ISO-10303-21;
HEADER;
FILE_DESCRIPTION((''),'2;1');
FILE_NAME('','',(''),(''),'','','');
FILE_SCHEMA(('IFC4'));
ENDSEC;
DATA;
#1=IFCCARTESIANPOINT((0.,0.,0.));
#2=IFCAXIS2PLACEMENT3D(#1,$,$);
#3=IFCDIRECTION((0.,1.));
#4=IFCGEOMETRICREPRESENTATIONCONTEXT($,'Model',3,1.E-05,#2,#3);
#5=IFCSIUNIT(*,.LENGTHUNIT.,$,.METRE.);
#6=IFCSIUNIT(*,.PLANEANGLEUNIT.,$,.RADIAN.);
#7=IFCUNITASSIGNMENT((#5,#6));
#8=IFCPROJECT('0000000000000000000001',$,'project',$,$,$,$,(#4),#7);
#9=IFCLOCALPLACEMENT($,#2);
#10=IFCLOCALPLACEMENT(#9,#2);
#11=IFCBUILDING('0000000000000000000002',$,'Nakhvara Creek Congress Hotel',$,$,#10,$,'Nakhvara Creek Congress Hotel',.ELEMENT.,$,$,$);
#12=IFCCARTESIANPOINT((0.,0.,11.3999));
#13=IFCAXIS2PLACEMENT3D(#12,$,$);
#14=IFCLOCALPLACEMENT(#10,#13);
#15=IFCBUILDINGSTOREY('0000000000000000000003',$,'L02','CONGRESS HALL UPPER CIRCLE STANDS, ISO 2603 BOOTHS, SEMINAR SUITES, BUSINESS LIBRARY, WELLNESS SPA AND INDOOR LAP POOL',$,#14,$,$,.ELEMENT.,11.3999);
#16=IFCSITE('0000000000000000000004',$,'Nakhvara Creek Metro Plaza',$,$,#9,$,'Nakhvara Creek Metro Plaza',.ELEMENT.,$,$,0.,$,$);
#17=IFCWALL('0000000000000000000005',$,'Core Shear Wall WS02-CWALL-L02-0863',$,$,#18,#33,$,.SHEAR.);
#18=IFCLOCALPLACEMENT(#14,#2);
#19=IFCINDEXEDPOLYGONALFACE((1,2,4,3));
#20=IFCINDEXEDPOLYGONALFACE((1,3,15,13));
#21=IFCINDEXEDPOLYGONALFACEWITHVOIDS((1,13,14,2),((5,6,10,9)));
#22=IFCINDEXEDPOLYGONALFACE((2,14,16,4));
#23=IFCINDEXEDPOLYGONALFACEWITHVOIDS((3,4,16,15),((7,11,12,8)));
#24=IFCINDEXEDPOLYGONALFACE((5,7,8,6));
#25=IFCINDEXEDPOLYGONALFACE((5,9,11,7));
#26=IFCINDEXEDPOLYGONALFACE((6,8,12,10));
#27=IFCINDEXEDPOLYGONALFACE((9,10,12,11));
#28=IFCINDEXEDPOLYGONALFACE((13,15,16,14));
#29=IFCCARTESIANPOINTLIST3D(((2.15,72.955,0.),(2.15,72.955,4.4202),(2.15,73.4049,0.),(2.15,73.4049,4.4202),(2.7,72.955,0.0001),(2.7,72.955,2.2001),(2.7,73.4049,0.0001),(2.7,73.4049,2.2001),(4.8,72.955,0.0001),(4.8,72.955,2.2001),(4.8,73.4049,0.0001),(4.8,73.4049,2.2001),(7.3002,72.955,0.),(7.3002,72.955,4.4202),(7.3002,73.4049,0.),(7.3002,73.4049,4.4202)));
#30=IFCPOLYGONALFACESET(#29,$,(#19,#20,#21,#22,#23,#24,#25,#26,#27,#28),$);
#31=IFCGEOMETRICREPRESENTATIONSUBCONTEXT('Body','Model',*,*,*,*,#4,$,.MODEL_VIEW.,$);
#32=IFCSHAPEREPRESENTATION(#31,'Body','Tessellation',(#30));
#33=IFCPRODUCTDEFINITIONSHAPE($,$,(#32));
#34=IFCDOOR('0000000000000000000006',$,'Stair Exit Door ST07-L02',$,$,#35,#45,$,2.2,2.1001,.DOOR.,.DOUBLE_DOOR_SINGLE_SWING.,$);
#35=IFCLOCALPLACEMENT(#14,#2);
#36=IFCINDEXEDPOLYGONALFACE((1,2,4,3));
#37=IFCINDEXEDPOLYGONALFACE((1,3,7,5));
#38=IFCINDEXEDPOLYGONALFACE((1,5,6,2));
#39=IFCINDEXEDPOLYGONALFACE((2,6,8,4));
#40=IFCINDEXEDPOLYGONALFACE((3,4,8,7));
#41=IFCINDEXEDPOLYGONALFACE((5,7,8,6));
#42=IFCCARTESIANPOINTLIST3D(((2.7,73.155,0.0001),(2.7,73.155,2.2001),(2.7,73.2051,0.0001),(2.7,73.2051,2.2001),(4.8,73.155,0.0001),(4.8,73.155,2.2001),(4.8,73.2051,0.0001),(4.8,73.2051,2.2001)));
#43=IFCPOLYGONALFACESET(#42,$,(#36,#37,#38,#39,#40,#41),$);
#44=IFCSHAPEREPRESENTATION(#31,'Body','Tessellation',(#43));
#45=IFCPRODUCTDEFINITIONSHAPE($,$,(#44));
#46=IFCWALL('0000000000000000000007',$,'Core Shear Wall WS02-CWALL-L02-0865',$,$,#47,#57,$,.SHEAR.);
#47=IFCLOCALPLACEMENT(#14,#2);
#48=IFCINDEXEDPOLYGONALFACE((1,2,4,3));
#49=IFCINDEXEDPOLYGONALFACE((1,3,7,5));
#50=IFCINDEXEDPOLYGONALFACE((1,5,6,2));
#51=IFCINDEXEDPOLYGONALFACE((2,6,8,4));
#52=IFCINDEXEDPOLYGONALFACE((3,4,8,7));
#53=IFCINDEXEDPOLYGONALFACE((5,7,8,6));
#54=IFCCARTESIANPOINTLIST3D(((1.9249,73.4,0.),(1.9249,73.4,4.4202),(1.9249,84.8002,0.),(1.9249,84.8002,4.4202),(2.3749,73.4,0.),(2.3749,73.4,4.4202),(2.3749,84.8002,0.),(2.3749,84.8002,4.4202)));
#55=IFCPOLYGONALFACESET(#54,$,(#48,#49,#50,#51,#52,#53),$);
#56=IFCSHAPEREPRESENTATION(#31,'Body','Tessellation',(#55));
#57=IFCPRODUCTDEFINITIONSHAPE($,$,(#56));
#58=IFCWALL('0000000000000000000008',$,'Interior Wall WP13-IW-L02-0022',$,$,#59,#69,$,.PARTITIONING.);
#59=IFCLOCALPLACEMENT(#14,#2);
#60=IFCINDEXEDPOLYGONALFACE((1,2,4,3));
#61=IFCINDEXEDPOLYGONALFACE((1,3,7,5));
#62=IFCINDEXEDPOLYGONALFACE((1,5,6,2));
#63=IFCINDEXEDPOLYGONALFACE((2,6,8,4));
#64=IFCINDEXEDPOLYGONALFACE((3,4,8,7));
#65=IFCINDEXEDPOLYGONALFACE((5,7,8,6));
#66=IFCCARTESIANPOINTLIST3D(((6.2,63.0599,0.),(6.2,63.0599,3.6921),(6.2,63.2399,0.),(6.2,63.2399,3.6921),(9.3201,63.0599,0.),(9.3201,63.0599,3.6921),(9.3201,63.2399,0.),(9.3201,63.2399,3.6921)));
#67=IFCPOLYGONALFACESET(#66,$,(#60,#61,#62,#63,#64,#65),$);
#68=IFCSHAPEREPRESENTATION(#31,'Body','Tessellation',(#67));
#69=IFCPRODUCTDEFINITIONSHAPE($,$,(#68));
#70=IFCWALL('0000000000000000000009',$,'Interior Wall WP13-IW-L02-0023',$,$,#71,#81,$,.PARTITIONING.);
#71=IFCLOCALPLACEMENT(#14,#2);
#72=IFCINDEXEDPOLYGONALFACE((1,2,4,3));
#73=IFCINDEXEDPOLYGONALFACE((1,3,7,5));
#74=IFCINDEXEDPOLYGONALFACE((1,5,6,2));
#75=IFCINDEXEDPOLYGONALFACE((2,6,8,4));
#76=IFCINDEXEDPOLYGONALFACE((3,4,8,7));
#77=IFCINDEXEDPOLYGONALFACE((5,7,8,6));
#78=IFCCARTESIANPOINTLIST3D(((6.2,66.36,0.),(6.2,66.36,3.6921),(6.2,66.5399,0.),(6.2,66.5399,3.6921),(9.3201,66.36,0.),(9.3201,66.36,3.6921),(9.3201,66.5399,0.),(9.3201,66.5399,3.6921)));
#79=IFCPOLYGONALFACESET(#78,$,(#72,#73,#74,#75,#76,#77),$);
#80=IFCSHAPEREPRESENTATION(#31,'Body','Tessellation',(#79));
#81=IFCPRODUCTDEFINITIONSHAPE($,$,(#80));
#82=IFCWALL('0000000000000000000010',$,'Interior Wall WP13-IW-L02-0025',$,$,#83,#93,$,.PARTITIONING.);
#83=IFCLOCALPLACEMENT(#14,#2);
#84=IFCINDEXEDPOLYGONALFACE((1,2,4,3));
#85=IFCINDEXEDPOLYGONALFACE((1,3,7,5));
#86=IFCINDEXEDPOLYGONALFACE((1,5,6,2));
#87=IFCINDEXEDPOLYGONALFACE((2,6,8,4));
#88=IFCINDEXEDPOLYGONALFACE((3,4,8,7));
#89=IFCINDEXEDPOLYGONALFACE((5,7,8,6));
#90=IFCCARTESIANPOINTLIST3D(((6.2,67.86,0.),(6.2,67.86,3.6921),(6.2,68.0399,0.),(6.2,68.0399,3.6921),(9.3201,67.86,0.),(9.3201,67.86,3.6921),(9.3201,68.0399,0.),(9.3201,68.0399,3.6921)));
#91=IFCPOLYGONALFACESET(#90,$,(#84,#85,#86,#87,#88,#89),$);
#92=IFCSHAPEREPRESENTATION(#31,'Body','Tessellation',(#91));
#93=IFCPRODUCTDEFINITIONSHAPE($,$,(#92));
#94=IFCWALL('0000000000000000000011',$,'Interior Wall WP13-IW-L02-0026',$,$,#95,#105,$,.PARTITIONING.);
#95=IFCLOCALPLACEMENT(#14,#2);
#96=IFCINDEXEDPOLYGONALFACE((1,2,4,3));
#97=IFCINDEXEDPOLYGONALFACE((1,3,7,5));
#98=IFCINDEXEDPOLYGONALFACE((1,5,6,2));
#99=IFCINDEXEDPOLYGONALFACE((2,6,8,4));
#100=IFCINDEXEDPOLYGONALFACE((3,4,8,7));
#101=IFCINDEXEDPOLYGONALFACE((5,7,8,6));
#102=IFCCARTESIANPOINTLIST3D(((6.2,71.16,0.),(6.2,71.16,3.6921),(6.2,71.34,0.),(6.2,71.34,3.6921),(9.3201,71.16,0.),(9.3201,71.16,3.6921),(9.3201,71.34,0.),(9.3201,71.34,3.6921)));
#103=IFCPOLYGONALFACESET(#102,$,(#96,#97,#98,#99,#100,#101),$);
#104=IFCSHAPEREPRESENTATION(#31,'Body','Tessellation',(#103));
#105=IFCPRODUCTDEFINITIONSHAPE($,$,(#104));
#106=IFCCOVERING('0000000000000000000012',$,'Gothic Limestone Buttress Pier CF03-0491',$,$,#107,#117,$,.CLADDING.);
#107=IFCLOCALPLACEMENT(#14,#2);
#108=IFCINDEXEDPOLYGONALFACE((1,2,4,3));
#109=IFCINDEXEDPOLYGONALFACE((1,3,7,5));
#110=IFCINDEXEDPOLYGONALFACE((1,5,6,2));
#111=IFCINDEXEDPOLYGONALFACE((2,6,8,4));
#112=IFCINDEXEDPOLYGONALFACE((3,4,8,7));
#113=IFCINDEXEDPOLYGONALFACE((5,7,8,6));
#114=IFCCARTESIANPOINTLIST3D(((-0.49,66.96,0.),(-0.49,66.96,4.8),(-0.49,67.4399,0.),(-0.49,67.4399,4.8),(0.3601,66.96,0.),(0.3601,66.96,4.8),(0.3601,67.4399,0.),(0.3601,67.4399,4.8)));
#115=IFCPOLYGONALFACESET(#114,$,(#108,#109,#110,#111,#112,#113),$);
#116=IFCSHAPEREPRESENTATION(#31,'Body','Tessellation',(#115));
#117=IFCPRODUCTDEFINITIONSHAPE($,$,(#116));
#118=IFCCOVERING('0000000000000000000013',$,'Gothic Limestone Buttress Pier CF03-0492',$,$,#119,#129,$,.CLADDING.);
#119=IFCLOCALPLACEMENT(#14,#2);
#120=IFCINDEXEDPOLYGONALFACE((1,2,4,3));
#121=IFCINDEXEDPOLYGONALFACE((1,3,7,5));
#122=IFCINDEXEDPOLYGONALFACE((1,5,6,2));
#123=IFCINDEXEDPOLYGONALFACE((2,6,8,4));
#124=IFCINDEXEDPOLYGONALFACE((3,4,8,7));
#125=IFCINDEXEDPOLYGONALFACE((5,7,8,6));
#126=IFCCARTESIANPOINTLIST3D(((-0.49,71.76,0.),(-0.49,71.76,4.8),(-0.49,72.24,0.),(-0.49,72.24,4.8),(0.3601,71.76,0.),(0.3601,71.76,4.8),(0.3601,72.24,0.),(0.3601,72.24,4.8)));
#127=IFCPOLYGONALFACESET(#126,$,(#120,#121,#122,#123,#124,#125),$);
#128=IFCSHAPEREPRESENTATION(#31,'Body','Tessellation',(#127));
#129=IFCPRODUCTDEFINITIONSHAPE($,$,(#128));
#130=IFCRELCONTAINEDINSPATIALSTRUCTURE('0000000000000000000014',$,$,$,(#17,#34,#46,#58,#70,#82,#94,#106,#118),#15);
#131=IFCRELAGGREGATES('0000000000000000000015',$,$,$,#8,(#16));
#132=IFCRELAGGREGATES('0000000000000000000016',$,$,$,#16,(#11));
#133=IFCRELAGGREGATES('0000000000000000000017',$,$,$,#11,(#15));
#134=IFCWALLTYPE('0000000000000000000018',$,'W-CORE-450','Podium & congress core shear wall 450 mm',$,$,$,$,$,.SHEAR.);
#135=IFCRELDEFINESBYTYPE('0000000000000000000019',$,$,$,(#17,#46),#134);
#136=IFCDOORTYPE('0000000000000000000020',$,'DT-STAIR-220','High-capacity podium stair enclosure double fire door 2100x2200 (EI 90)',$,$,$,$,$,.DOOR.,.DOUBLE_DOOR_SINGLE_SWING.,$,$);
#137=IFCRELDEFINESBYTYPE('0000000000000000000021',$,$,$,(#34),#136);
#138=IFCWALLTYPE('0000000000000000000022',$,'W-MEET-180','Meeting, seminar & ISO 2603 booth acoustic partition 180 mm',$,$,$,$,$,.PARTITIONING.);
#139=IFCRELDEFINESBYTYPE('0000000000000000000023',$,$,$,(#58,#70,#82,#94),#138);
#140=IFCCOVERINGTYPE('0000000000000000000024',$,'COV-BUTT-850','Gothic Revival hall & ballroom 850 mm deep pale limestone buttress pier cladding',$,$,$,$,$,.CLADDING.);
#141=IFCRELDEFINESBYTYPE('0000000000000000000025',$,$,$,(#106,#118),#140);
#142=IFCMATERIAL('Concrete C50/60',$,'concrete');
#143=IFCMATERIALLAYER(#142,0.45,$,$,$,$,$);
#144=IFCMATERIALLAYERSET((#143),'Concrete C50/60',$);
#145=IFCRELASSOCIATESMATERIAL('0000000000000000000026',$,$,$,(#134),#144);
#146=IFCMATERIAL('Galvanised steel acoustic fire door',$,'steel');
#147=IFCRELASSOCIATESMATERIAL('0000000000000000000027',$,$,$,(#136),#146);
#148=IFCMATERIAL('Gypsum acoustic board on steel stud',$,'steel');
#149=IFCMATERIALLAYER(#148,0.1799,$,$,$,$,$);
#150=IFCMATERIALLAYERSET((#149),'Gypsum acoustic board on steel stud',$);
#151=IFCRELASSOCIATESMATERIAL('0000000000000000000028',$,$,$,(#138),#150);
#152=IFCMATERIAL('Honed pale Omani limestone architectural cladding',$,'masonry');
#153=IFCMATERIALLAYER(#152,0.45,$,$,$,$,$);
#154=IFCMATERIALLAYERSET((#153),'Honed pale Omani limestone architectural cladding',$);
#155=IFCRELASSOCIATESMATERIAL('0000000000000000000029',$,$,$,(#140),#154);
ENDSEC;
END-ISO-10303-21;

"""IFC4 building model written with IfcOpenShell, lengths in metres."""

from ifc_helpers import new_model, si_unit, direction, frame, frame_2d, origin, origin_2d, place, context, subcontext, project, spatial, rectangle, extrude, material, layer, layer_set, type_object, element, fill, save


model = new_model("IFC4")

# Units and contexts
model_context = context("Model", 3, precision=1e-05, world=origin(), true_north=direction((0.0, 1.0)))
body_context = subcontext(model_context, "Body", "Model", "MODEL_VIEW")
ifc_project = project(units=[si_unit("LENGTHUNIT", "METRE"), si_unit("PLANEANGLEUNIT", "RADIAN")], contexts=[model_context])

# Site, building, storey
site_placement = place(None, origin())
site = spatial("IfcSite", under=ifc_project, at=site_placement, Name="Nakhvara Creek Metro Plaza", LongName="Nakhvara Creek Metro Plaza", CompositionType="ELEMENT", RefElevation=0.0)
building_placement = place(site_placement, origin())
building = spatial("IfcBuilding", under=site, at=building_placement, Name="Nakhvara Creek Congress Hotel", LongName="Nakhvara Creek Congress Hotel", CompositionType="ELEMENT")
storey_placement = place(building_placement, frame((0.0, 0.0, 11.3999)))
storey = spatial("IfcBuildingStorey", under=building, at=storey_placement, Name="L02", Description="CONGRESS HALL UPPER CIRCLE STANDS, ISO 2603 BOOTHS, SEMINAR SUITES, BUSINESS LIBRARY, WELLNESS SPA AND INDOOR LAP POOL", CompositionType="ELEMENT", Elevation=11.3999)

# Shared definitions
ifc_material_1 = material(Name="Concrete C50/60", Category="concrete")

# Wall, opening, door
ifc_layer_1 = layer(ifc_material_1, 0.45)
ifc_layer_set_1 = layer_set([ifc_layer_1], Name="Concrete C50/60")
wall_type_1 = type_object("IfcWallType", Name="W-CORE-450", Description="Podium & congress core shear wall 450 mm", PredefinedType="SHEAR", material=ifc_layer_set_1)
wall_1_placement = place(storey_placement, frame((2.1499, 73.1799, 0.0), z_axis=(0.0, 0.0, 1.0), x_axis=(1.0, 0.0, 0.0)))
wall_1 = element("IfcWall", 1, at=wall_1_placement, inside=storey, type_object=wall_type_1, Name="Core Shear Wall WS02-CWALL-L02-0863", PredefinedType="SHEAR", context=body_context, shape_type="SweptSolid", body=[
    extrude(rectangle(XDim=5.1501, YDim=0.45, at=frame_2d((2.5752, 0.0))), origin(), (0.0, 0.0, 1.0), 4.4202),
])
opening_1_placement = place(wall_1_placement, frame((0.55, 0.0, 0.0)))
opening_1 = element("IfcOpeningElement", 2, at=opening_1_placement, cuts=wall_1, PredefinedType="OPENING", context=body_context, shape_type="SweptSolid", body=[
    extrude(rectangle(XDim=2.1001, YDim=2.2, at=frame_2d((1.05, 1.1001))), frame((0.0, 0.2368, 0.0), z_axis=(0.0, -1.0, 0.0), x_axis=(1.0, 0.0, 0.0)), (0.0, 0.0, 1.0), 0.4739),
])
ifc_material_2 = material(Name="Galvanised steel acoustic fire door", Category="steel")
door_type_1 = type_object("IfcDoorType", Name="DT-STAIR-220", Description="High-capacity podium stair enclosure double fire door 2100x2200 (EI 90)", OperationType="DOUBLE_DOOR_SINGLE_SWING", PredefinedType="DOOR", material=ifc_material_2)
door_1_placement = place(opening_1_placement, frame((2.1001, 0.0, 0.0), z_axis=(0.0, 0.0, 1.0), x_axis=(-1.0, 0.0, 0.0)))
door_1 = element("IfcDoor", 3, at=door_1_placement, inside=storey, type_object=door_type_1, Name="Stair Exit Door ST07-L02", OperationType="DOUBLE_DOOR_SINGLE_SWING", OverallHeight=2.2, OverallWidth=2.1001, PredefinedType="DOOR", context=body_context, shape_type="SweptSolid", body=[
    extrude(rectangle(XDim=2.1001, YDim=2.2, at=frame_2d((1.05, 1.1001))), frame((0.0, 0.0249, 0.0), z_axis=(0.0, -1.0, 0.0), x_axis=(1.0, 0.0, 0.0)), (0.0, 0.0, 1.0), 0.05),
])
fill(opening_1, door_1)

# Wall
wall_2_placement = place(storey_placement, frame((2.1499, 73.3999, 0.0), z_axis=(0.0, 0.0, 1.0), x_axis=(0.0, 1.0, 0.0)))
element("IfcWall", 4, at=wall_2_placement, inside=storey, type_object=wall_type_1, Name="Core Shear Wall WS02-CWALL-L02-0865", PredefinedType="SHEAR", context=body_context, shape_type="SweptSolid", body=[
    extrude(rectangle(XDim=11.4001, YDim=0.45, at=frame_2d((5.7002, 0.0))), origin(), (0.0, 0.0, 1.0), 4.4202),
])

# Shared definitions
ifc_material_3 = material(Name="Gypsum acoustic board on steel stud", Category="steel")
ifc_layer_2 = layer(ifc_material_3, 0.1799)
ifc_layer_set_2 = layer_set([ifc_layer_2], Name="Gypsum acoustic board on steel stud")
wall_type_2 = type_object("IfcWallType", Name="W-MEET-180", Description="Meeting, seminar & ISO 2603 booth acoustic partition 180 mm", PredefinedType="PARTITIONING", material=ifc_layer_set_2)

# Walls
for number, where, z_axis, x_axis, name in (
    (5, (6.2, 63.1499, 0.0), (0.0, 0.0, 1.0), (1.0, 0.0, 0.0), "Interior Wall WP13-IW-L02-0022"),
    (6, (6.2, 66.45, 0.0), (0.0, 0.0, 1.0), (1.0, 0.0, 0.0), "Interior Wall WP13-IW-L02-0023"),
):
    element("IfcWall", number, at=place(storey_placement, frame(where, z_axis=z_axis, x_axis=x_axis)), inside=storey, type_object=wall_type_2, Name=name, PredefinedType="PARTITIONING", context=body_context, shape_type="SweptSolid", body=[
        extrude(rectangle(XDim=3.1201, YDim=0.1799, at=frame_2d((1.5601, 0.0))), origin(), (0.0, 0.0, 1.0), 3.6921),
    ])

# Walls
for number, where, z_axis, x_axis, name in (
    (7, (6.2, 67.95, 0.0), (0.0, 0.0, 1.0), (1.0, 0.0, 0.0), "Interior Wall WP13-IW-L02-0025"),
    (8, (6.2, 71.25, 0.0), (0.0, 0.0, 1.0), (1.0, 0.0, 0.0), "Interior Wall WP13-IW-L02-0026"),
):
    element("IfcWall", number, at=place(storey_placement, frame(where, z_axis=z_axis, x_axis=x_axis)), inside=storey, type_object=wall_type_2, Name=name, PredefinedType="PARTITIONING", context=body_context, shape_type="SweptSolid", body=[
        extrude(rectangle(XDim=3.1201, YDim=0.1799, at=frame_2d((1.5601, 0.0))), origin(), (0.0, 0.0, 1.0), 3.6921),
    ])

# Coverings
ifc_material_4 = material(Name="Honed pale Omani limestone architectural cladding", Category="masonry")
ifc_layer_3 = layer(ifc_material_4, 0.45)
ifc_layer_set_3 = layer_set([ifc_layer_3], Name="Honed pale Omani limestone architectural cladding")
covering_type = type_object("IfcCoveringType", Name="COV-BUTT-850", Description="Gothic Revival hall & ballroom 850 mm deep pale limestone buttress pier cladding", PredefinedType="CLADDING", material=ifc_layer_set_3)
for number, where, z_axis, x_axis, name in (
    (9, (-0.0649, 67.2, 0.0), (0.0, 0.0, 1.0), (0.0, 1.0, 0.0), "Gothic Limestone Buttress Pier CF03-0491"),
    (10, (-0.0649, 72.0, 0.0), (0.0, 0.0, 1.0), (0.0, 1.0, 0.0), "Gothic Limestone Buttress Pier CF03-0492"),
):
    element("IfcCovering", number, at=place(storey_placement, frame(where, z_axis=z_axis, x_axis=x_axis)), inside=storey, type_object=covering_type, Name=name, PredefinedType="CLADDING", context=body_context, shape_type="SweptSolid", body=[
        extrude(rectangle(XDim=0.48, YDim=0.8501, at=origin_2d()), origin(), (0.0, 0.0, 1.0), 4.8),
    ])

save(model, "model.ifc")
